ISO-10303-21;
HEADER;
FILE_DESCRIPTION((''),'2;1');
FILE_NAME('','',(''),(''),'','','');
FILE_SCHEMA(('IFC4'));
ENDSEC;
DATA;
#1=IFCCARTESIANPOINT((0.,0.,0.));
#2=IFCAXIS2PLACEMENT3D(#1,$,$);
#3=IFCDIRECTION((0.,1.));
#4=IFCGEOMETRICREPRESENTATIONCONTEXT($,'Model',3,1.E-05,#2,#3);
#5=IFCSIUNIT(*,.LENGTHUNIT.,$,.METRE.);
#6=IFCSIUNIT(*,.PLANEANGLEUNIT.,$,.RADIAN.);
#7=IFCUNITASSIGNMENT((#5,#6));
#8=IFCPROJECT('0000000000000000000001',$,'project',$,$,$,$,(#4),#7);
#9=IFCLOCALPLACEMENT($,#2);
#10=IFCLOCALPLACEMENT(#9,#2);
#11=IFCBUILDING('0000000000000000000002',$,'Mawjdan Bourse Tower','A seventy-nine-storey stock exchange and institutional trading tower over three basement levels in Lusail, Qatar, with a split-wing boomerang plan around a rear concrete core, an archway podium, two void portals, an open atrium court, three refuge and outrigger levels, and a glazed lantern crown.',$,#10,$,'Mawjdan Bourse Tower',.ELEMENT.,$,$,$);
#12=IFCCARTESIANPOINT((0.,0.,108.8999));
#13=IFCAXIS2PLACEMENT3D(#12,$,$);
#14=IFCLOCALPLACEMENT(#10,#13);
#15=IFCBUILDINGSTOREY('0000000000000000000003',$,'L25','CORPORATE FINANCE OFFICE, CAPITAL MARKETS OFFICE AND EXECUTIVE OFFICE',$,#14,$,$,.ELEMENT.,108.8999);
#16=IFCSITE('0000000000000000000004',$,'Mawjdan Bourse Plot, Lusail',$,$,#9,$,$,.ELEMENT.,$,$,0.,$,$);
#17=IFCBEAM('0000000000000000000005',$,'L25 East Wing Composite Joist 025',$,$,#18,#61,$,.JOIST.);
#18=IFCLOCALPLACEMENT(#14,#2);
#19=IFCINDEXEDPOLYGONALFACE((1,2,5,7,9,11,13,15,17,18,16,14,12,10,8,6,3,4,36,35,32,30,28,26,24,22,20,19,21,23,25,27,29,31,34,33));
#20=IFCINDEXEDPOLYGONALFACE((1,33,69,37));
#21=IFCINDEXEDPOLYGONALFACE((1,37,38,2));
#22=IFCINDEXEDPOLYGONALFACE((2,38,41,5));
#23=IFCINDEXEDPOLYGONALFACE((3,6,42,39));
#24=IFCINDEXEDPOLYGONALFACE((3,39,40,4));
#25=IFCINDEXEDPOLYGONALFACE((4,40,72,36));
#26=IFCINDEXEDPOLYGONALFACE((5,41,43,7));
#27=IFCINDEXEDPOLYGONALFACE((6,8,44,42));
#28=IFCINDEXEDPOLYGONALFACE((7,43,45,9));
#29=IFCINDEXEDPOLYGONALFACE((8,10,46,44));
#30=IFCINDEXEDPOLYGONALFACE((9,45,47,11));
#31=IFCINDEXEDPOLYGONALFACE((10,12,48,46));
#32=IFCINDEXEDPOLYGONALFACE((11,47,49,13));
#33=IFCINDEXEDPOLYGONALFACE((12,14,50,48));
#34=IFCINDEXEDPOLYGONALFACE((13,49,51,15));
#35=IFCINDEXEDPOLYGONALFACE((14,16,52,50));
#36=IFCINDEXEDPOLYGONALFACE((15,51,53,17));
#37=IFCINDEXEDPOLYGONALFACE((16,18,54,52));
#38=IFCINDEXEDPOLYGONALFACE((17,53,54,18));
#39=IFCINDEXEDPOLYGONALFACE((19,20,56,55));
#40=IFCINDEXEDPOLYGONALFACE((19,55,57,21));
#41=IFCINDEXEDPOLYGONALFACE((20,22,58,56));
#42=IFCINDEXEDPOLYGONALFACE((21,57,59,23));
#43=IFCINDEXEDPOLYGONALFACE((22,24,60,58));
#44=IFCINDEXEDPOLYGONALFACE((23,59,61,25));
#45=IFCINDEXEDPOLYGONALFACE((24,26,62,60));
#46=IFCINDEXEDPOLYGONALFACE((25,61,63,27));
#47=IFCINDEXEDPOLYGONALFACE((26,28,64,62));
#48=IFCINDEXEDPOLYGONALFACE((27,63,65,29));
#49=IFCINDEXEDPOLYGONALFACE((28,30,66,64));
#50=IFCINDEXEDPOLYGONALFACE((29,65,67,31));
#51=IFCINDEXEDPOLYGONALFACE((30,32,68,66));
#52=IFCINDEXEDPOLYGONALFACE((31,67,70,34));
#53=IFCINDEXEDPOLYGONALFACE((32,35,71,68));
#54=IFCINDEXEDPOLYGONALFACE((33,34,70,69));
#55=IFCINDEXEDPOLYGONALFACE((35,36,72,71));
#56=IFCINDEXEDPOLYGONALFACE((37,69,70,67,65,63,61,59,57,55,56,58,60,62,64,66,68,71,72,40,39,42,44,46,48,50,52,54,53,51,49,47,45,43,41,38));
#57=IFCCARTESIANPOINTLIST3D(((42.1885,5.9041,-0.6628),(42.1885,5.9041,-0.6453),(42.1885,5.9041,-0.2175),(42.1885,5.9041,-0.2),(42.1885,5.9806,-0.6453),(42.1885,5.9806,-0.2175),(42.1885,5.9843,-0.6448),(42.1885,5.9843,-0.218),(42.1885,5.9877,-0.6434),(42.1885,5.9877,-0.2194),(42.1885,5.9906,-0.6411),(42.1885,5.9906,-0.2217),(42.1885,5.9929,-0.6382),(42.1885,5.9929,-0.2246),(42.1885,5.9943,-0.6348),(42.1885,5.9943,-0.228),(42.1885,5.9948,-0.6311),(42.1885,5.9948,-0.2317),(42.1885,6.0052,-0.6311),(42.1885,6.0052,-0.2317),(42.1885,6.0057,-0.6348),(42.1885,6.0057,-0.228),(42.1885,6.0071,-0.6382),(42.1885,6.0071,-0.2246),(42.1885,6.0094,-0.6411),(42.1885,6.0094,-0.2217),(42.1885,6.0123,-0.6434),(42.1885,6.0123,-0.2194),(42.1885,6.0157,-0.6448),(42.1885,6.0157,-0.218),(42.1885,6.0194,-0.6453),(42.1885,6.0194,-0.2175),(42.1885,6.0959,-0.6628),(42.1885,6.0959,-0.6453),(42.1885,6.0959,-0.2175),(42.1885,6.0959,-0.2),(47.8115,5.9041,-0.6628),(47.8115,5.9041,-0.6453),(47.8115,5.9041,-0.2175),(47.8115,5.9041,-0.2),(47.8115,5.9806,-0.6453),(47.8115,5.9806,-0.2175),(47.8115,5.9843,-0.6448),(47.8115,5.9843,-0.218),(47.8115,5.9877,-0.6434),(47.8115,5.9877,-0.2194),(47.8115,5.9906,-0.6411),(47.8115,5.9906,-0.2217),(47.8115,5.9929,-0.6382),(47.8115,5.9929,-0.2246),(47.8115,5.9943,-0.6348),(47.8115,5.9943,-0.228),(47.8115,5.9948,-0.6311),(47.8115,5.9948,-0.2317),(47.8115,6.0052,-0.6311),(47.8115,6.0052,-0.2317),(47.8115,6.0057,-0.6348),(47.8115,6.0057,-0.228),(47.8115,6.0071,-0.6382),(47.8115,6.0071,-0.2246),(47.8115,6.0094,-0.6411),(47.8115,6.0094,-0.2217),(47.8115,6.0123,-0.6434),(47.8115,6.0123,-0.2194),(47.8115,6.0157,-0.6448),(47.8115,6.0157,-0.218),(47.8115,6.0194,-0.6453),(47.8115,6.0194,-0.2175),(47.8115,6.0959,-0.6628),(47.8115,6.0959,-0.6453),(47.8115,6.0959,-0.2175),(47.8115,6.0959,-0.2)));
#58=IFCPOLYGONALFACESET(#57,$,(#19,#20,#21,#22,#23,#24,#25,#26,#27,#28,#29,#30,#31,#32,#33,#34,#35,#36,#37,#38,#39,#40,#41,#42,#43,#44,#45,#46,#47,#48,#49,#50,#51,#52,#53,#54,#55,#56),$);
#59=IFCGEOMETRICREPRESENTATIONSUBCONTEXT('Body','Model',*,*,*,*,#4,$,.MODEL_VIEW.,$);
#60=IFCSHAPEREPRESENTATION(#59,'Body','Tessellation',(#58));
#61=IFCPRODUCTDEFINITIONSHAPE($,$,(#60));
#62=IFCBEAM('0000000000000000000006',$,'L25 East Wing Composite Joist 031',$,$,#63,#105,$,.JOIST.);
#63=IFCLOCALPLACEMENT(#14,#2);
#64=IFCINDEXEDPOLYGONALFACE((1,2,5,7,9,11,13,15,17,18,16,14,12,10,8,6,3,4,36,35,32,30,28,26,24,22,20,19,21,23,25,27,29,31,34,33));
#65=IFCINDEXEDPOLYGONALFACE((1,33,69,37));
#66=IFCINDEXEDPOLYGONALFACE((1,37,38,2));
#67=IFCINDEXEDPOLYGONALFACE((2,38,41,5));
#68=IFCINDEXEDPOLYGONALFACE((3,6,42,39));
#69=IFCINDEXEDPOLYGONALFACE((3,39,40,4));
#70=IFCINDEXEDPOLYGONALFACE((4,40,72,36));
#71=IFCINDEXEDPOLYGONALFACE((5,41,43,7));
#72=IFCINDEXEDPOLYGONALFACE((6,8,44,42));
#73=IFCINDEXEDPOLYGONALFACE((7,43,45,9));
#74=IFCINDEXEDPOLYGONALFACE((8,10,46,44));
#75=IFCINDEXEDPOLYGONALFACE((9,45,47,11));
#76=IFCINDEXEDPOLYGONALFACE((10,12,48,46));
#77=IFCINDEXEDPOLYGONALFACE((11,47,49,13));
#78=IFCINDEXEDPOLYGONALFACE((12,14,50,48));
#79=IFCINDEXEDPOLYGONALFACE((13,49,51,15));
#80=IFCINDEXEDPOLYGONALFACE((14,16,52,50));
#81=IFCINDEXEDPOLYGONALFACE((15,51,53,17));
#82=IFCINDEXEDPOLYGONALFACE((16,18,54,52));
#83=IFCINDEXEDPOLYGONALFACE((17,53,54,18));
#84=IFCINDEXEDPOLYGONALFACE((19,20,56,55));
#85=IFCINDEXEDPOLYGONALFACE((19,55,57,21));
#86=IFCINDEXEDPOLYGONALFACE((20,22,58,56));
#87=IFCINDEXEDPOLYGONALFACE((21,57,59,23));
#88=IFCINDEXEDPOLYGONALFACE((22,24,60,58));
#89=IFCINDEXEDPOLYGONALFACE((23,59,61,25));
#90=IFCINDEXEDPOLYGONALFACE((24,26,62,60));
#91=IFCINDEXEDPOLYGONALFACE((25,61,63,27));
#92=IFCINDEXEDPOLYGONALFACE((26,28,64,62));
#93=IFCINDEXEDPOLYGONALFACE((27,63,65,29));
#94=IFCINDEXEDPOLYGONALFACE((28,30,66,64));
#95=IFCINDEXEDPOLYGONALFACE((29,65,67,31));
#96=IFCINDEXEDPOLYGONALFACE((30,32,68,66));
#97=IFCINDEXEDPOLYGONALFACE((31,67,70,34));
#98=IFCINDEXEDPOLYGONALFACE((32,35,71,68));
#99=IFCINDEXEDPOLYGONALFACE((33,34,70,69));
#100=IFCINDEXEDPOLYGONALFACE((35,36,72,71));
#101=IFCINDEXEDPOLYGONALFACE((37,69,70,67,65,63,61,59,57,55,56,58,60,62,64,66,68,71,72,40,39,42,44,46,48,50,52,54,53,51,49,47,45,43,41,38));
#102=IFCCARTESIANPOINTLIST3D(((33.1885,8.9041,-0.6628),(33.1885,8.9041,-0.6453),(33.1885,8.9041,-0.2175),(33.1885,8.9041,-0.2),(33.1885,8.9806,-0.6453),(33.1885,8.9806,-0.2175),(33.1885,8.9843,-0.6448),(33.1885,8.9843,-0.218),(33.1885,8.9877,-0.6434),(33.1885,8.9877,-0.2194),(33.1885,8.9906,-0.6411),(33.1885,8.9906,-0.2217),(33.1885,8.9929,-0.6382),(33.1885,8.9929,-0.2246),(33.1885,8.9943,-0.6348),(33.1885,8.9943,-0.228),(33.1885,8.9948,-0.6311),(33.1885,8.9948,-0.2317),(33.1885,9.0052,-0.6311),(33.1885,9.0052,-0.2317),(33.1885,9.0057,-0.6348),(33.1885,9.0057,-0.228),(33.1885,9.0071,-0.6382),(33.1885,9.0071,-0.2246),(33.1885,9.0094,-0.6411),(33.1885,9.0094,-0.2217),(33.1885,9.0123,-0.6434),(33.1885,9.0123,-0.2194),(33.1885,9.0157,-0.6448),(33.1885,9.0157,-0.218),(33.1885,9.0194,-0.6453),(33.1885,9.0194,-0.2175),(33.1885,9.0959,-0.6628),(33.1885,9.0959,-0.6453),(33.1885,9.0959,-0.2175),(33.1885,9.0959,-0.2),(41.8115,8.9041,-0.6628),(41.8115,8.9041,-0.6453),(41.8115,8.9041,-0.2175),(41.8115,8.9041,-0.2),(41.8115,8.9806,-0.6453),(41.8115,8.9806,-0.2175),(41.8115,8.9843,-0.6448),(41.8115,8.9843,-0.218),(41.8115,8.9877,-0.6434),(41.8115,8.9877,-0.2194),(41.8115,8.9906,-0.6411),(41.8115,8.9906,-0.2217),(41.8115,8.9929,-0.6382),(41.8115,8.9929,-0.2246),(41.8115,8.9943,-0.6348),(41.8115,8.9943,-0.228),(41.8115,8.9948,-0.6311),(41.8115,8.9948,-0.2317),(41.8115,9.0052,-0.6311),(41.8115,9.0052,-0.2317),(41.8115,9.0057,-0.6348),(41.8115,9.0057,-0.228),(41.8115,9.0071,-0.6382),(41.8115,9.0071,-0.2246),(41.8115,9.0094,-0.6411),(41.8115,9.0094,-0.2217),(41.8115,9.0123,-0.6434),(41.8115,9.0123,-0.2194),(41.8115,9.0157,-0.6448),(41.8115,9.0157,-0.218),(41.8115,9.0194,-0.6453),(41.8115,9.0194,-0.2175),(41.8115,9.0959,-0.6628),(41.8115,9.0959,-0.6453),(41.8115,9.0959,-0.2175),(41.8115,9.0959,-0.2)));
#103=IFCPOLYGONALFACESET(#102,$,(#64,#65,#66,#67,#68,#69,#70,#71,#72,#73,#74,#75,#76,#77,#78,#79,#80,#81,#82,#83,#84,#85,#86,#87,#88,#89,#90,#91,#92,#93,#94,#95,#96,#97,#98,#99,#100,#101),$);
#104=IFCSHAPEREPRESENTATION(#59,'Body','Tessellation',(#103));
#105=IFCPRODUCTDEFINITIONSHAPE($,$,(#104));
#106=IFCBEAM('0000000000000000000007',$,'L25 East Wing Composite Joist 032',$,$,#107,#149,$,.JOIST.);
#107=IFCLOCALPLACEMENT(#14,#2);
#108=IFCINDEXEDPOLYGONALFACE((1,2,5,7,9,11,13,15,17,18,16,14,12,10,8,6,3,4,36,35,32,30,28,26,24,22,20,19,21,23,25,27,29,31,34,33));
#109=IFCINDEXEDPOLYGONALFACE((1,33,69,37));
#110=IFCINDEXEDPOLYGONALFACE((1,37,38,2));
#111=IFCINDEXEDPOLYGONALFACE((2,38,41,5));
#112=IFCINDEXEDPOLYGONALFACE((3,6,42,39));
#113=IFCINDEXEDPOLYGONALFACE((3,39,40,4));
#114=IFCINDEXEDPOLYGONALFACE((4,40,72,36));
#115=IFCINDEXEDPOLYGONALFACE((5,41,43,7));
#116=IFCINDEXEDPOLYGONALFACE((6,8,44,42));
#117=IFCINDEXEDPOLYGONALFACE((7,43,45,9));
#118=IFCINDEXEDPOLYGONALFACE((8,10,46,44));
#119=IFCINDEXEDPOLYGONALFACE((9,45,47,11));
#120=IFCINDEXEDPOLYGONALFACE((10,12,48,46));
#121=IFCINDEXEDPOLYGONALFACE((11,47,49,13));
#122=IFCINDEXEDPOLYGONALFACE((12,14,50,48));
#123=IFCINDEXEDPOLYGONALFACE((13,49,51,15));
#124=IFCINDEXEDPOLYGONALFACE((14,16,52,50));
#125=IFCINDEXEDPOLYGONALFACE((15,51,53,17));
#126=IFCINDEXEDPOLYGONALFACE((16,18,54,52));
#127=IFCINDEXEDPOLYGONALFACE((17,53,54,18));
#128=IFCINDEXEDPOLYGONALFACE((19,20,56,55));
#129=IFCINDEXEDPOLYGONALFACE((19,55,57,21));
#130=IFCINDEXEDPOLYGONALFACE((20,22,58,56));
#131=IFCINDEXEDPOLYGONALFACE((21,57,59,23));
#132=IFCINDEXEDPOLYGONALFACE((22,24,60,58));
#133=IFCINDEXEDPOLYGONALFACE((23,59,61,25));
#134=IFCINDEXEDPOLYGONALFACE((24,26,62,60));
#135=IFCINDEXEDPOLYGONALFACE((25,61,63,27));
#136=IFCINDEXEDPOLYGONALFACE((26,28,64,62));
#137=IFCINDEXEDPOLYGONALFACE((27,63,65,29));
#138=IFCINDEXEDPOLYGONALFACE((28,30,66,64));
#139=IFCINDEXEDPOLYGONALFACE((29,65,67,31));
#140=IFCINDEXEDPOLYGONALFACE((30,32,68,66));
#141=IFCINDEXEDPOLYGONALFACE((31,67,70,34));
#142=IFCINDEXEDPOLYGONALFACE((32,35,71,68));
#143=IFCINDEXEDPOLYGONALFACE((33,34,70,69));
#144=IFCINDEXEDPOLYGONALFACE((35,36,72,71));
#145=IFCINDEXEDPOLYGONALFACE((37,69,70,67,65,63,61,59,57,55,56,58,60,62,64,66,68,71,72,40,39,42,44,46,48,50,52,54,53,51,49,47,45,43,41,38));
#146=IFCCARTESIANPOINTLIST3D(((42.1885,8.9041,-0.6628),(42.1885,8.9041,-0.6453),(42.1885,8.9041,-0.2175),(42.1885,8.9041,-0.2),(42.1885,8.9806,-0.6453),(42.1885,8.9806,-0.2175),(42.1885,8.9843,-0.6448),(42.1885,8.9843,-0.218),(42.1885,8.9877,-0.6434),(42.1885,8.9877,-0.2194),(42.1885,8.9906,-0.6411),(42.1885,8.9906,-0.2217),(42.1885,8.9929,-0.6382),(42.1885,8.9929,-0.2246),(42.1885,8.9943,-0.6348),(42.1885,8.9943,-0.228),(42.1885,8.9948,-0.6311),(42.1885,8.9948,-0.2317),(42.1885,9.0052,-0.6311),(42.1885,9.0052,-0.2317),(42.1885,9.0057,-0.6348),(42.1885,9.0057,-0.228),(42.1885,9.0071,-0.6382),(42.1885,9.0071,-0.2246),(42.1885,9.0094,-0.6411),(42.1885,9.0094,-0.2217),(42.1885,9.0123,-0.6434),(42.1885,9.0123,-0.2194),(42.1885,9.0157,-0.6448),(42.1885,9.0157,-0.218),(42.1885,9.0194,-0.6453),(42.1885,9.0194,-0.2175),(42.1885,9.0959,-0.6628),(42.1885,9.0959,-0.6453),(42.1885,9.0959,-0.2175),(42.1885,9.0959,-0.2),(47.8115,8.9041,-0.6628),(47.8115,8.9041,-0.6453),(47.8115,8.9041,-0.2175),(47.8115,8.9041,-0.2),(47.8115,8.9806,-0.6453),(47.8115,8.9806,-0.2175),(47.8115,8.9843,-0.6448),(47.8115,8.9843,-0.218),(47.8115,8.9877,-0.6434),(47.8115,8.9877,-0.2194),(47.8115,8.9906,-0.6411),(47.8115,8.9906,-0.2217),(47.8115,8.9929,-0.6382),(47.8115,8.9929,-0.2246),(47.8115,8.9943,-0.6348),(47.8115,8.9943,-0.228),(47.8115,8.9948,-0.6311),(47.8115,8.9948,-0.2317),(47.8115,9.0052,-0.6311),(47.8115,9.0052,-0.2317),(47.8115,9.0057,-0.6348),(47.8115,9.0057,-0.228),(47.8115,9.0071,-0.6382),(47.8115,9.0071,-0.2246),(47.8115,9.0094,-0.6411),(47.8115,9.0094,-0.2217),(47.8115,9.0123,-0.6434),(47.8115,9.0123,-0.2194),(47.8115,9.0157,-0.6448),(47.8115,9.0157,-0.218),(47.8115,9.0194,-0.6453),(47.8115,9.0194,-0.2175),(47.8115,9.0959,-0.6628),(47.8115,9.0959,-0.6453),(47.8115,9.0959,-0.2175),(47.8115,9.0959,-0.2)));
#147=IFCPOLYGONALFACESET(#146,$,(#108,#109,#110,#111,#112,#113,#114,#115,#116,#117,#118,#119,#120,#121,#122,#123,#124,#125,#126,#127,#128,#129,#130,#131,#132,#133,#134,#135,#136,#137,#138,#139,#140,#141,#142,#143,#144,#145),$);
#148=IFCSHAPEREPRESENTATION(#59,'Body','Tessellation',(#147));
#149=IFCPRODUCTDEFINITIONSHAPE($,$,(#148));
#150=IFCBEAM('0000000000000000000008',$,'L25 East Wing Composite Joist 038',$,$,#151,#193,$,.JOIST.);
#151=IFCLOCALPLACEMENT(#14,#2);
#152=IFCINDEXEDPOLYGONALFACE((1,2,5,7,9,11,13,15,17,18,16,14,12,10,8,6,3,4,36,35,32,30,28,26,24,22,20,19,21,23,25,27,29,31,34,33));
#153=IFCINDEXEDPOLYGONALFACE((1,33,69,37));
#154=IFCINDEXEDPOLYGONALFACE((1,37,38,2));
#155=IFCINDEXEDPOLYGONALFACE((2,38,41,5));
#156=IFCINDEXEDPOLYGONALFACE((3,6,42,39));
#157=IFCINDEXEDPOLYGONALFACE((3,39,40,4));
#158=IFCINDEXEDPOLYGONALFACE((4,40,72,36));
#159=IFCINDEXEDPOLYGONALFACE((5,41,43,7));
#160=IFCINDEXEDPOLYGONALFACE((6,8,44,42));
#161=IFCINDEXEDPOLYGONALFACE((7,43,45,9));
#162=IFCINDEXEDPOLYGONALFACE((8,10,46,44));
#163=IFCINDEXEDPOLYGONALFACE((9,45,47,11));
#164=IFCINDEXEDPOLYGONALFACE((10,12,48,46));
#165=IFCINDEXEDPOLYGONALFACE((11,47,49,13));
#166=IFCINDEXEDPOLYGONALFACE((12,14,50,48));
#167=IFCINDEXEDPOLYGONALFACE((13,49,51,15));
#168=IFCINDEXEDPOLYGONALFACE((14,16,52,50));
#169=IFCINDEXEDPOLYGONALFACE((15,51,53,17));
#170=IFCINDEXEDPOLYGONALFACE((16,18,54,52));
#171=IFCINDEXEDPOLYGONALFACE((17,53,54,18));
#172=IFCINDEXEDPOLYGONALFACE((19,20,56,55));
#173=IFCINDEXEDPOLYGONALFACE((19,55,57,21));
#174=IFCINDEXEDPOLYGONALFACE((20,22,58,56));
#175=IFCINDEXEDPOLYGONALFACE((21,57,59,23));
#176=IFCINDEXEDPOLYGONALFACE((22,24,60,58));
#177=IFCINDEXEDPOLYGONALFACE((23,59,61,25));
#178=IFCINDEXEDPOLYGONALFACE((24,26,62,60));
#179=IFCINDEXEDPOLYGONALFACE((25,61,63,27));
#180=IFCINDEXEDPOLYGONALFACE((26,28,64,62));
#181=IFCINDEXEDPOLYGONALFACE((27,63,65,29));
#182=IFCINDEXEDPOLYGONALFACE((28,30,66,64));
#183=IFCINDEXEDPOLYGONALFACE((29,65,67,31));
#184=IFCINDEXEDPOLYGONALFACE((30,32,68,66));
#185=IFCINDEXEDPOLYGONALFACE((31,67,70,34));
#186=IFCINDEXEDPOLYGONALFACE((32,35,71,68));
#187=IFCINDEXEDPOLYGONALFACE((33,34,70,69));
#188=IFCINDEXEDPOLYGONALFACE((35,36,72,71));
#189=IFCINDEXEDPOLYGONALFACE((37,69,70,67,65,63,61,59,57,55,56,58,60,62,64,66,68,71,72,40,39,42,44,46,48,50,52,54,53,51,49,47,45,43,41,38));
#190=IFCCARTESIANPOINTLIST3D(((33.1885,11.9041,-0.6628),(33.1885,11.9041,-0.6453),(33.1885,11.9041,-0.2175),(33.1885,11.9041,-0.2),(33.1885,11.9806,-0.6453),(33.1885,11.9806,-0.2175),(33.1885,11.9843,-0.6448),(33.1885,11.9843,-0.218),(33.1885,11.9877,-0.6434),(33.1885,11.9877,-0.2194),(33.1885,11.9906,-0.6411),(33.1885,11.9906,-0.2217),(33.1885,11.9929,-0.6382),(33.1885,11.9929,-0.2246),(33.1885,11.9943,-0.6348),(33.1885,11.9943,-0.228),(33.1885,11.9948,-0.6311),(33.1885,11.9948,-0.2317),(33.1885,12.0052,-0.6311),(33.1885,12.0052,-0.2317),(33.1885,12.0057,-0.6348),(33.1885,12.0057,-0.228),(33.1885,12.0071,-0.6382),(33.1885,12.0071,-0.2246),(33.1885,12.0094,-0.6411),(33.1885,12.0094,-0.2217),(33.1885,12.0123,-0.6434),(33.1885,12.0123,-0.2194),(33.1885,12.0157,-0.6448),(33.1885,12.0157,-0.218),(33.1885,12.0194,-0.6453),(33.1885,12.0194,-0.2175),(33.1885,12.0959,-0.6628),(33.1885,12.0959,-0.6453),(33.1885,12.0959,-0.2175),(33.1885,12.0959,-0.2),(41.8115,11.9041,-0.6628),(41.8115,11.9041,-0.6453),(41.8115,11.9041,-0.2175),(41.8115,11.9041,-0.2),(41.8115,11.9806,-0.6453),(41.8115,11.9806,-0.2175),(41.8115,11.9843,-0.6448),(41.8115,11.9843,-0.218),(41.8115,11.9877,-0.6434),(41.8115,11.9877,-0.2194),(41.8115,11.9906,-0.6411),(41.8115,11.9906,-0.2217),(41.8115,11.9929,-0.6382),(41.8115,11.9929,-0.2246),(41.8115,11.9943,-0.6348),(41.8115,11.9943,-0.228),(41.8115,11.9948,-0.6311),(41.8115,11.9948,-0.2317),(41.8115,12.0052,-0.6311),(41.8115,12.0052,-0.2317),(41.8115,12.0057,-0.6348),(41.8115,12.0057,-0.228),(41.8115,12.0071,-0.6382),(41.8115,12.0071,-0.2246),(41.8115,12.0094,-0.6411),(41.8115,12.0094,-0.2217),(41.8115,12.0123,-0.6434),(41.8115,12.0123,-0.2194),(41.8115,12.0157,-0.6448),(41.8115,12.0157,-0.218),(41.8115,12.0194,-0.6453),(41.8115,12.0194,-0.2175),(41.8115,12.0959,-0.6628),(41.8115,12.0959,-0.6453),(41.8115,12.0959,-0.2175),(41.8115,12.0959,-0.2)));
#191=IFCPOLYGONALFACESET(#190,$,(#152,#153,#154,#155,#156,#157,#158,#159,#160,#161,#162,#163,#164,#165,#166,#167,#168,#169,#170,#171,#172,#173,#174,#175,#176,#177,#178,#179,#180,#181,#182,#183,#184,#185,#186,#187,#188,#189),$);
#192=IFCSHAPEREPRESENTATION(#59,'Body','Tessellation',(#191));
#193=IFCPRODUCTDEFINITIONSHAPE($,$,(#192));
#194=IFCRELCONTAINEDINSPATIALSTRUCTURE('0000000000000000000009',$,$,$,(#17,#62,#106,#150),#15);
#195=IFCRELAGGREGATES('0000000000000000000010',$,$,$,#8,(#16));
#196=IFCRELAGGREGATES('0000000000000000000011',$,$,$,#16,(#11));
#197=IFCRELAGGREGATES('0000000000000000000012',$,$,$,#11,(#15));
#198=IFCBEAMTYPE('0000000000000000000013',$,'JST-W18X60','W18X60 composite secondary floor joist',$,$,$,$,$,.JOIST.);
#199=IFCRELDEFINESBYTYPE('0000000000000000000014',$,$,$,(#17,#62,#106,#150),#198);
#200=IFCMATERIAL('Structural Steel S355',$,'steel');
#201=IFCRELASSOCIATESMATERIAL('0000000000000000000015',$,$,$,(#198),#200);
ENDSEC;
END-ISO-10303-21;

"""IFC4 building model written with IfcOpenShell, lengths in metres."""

from ifc_helpers import new_model, si_unit, direction, frame, origin, origin_2d, place, context, subcontext, project, spatial, i_section, extrude, material, material_profile, profile_set, type_object, element, save


model = new_model("IFC4")

# Units and contexts
model_context = context("Model", 3, precision=1e-05, world=origin(), true_north=direction((0.0, 1.0)))
body_context = subcontext(model_context, "Body", "Model", "MODEL_VIEW")
ifc_project = project(units=[si_unit("LENGTHUNIT", "METRE"), si_unit("PLANEANGLEUNIT", "RADIAN")], contexts=[model_context])

# Site, building, storey
site_placement = place(None, origin())
site = spatial("IfcSite", under=ifc_project, at=site_placement, Name="Mawjdan Bourse Plot, Lusail", CompositionType="ELEMENT", RefElevation=0.0)
building_placement = place(site_placement, origin())
building = spatial("IfcBuilding", under=site, at=building_placement, Name="Mawjdan Bourse Tower", Description="A seventy-nine-storey stock exchange and institutional trading tower over three basement levels in Lusail, Qatar, with a split-wing boomerang plan around a rear concrete core, an archway podium, two void portals, an open atrium court, three refuge and outrigger levels, and a glazed lantern crown.", LongName="Mawjdan Bourse Tower", CompositionType="ELEMENT")
storey_placement = place(building_placement, frame((0.0, 0.0, 108.8999)))
storey = spatial("IfcBuildingStorey", under=building, at=storey_placement, Name="L25", Description="CORPORATE FINANCE OFFICE, CAPITAL MARKETS OFFICE AND EXECUTIVE OFFICE", CompositionType="ELEMENT", Elevation=108.8999)

# Beams
ifc_material_1 = material(Name="Structural Steel S355", Category="steel")
ifc_material_profile_1 = material_profile(ifc_material_1, i_section(OverallWidth=0.1919, OverallDepth=0.4629, WebThickness=0.0105, FlangeThickness=0.0176, FilletRadius=0.0142, at=origin_2d()), Name="W18X60")
ifc_profile_set_1 = profile_set([ifc_material_profile_1], Name="Structural Steel S355")
beam_type_1 = type_object("IfcBeamType", Name="JST-W18X60", Description="W18X60 composite secondary floor joist", PredefinedType="JOIST", material=ifc_profile_set_1)
beam_1_placement = place(storey_placement, frame((42.1885, 6.0, -0.4314), z_axis=(1.0, 0.0, 0.0), x_axis=(0.0, 1.0, 0.0)))
element("IfcBeam", 1, at=beam_1_placement, inside=storey, type_object=beam_type_1, Name="L25 East Wing Composite Joist 025", PredefinedType="JOIST", context=body_context, shape_type="SweptSolid", body=[
    extrude(i_section(OverallWidth=0.1919, OverallDepth=0.4629, WebThickness=0.0105, FlangeThickness=0.0176, FilletRadius=0.0142, at=origin_2d()), origin(), (0.0, 0.0, 1.0), 5.623),
])
beam_2_placement = place(storey_placement, frame((33.1885, 9.0, -0.4314), z_axis=(1.0, 0.0, 0.0), x_axis=(0.0, 1.0, 0.0)))
element("IfcBeam", 2, at=beam_2_placement, inside=storey, type_object=beam_type_1, Name="L25 East Wing Composite Joist 031", PredefinedType="JOIST", context=body_context, shape_type="SweptSolid", body=[
    extrude(i_section(OverallWidth=0.1919, OverallDepth=0.4629, WebThickness=0.0105, FlangeThickness=0.0176, FilletRadius=0.0142, at=origin_2d()), origin(), (0.0, 0.0, 1.0), 8.623),
])
beam_3_placement = place(storey_placement, frame((42.1885, 9.0, -0.4314), z_axis=(1.0, 0.0, 0.0), x_axis=(0.0, 1.0, 0.0)))
element("IfcBeam", 3, at=beam_3_placement, inside=storey, type_object=beam_type_1, Name="L25 East Wing Composite Joist 032", PredefinedType="JOIST", context=body_context, shape_type="SweptSolid", body=[
    extrude(i_section(OverallWidth=0.1919, OverallDepth=0.4629, WebThickness=0.0105, FlangeThickness=0.0176, FilletRadius=0.0142, at=origin_2d()), origin(), (0.0, 0.0, 1.0), 5.623),
])
beam_4_placement = place(storey_placement, frame((33.1885, 12.0, -0.4314), z_axis=(1.0, 0.0, 0.0), x_axis=(0.0, 1.0, 0.0)))
element("IfcBeam", 4, at=beam_4_placement, inside=storey, type_object=beam_type_1, Name="L25 East Wing Composite Joist 038", PredefinedType="JOIST", context=body_context, shape_type="SweptSolid", body=[
    extrude(i_section(OverallWidth=0.1919, OverallDepth=0.4629, WebThickness=0.0105, FlangeThickness=0.0176, FilletRadius=0.0142, at=origin_2d()), origin(), (0.0, 0.0, 1.0), 8.623),
])

save(model, "model.ifc")
